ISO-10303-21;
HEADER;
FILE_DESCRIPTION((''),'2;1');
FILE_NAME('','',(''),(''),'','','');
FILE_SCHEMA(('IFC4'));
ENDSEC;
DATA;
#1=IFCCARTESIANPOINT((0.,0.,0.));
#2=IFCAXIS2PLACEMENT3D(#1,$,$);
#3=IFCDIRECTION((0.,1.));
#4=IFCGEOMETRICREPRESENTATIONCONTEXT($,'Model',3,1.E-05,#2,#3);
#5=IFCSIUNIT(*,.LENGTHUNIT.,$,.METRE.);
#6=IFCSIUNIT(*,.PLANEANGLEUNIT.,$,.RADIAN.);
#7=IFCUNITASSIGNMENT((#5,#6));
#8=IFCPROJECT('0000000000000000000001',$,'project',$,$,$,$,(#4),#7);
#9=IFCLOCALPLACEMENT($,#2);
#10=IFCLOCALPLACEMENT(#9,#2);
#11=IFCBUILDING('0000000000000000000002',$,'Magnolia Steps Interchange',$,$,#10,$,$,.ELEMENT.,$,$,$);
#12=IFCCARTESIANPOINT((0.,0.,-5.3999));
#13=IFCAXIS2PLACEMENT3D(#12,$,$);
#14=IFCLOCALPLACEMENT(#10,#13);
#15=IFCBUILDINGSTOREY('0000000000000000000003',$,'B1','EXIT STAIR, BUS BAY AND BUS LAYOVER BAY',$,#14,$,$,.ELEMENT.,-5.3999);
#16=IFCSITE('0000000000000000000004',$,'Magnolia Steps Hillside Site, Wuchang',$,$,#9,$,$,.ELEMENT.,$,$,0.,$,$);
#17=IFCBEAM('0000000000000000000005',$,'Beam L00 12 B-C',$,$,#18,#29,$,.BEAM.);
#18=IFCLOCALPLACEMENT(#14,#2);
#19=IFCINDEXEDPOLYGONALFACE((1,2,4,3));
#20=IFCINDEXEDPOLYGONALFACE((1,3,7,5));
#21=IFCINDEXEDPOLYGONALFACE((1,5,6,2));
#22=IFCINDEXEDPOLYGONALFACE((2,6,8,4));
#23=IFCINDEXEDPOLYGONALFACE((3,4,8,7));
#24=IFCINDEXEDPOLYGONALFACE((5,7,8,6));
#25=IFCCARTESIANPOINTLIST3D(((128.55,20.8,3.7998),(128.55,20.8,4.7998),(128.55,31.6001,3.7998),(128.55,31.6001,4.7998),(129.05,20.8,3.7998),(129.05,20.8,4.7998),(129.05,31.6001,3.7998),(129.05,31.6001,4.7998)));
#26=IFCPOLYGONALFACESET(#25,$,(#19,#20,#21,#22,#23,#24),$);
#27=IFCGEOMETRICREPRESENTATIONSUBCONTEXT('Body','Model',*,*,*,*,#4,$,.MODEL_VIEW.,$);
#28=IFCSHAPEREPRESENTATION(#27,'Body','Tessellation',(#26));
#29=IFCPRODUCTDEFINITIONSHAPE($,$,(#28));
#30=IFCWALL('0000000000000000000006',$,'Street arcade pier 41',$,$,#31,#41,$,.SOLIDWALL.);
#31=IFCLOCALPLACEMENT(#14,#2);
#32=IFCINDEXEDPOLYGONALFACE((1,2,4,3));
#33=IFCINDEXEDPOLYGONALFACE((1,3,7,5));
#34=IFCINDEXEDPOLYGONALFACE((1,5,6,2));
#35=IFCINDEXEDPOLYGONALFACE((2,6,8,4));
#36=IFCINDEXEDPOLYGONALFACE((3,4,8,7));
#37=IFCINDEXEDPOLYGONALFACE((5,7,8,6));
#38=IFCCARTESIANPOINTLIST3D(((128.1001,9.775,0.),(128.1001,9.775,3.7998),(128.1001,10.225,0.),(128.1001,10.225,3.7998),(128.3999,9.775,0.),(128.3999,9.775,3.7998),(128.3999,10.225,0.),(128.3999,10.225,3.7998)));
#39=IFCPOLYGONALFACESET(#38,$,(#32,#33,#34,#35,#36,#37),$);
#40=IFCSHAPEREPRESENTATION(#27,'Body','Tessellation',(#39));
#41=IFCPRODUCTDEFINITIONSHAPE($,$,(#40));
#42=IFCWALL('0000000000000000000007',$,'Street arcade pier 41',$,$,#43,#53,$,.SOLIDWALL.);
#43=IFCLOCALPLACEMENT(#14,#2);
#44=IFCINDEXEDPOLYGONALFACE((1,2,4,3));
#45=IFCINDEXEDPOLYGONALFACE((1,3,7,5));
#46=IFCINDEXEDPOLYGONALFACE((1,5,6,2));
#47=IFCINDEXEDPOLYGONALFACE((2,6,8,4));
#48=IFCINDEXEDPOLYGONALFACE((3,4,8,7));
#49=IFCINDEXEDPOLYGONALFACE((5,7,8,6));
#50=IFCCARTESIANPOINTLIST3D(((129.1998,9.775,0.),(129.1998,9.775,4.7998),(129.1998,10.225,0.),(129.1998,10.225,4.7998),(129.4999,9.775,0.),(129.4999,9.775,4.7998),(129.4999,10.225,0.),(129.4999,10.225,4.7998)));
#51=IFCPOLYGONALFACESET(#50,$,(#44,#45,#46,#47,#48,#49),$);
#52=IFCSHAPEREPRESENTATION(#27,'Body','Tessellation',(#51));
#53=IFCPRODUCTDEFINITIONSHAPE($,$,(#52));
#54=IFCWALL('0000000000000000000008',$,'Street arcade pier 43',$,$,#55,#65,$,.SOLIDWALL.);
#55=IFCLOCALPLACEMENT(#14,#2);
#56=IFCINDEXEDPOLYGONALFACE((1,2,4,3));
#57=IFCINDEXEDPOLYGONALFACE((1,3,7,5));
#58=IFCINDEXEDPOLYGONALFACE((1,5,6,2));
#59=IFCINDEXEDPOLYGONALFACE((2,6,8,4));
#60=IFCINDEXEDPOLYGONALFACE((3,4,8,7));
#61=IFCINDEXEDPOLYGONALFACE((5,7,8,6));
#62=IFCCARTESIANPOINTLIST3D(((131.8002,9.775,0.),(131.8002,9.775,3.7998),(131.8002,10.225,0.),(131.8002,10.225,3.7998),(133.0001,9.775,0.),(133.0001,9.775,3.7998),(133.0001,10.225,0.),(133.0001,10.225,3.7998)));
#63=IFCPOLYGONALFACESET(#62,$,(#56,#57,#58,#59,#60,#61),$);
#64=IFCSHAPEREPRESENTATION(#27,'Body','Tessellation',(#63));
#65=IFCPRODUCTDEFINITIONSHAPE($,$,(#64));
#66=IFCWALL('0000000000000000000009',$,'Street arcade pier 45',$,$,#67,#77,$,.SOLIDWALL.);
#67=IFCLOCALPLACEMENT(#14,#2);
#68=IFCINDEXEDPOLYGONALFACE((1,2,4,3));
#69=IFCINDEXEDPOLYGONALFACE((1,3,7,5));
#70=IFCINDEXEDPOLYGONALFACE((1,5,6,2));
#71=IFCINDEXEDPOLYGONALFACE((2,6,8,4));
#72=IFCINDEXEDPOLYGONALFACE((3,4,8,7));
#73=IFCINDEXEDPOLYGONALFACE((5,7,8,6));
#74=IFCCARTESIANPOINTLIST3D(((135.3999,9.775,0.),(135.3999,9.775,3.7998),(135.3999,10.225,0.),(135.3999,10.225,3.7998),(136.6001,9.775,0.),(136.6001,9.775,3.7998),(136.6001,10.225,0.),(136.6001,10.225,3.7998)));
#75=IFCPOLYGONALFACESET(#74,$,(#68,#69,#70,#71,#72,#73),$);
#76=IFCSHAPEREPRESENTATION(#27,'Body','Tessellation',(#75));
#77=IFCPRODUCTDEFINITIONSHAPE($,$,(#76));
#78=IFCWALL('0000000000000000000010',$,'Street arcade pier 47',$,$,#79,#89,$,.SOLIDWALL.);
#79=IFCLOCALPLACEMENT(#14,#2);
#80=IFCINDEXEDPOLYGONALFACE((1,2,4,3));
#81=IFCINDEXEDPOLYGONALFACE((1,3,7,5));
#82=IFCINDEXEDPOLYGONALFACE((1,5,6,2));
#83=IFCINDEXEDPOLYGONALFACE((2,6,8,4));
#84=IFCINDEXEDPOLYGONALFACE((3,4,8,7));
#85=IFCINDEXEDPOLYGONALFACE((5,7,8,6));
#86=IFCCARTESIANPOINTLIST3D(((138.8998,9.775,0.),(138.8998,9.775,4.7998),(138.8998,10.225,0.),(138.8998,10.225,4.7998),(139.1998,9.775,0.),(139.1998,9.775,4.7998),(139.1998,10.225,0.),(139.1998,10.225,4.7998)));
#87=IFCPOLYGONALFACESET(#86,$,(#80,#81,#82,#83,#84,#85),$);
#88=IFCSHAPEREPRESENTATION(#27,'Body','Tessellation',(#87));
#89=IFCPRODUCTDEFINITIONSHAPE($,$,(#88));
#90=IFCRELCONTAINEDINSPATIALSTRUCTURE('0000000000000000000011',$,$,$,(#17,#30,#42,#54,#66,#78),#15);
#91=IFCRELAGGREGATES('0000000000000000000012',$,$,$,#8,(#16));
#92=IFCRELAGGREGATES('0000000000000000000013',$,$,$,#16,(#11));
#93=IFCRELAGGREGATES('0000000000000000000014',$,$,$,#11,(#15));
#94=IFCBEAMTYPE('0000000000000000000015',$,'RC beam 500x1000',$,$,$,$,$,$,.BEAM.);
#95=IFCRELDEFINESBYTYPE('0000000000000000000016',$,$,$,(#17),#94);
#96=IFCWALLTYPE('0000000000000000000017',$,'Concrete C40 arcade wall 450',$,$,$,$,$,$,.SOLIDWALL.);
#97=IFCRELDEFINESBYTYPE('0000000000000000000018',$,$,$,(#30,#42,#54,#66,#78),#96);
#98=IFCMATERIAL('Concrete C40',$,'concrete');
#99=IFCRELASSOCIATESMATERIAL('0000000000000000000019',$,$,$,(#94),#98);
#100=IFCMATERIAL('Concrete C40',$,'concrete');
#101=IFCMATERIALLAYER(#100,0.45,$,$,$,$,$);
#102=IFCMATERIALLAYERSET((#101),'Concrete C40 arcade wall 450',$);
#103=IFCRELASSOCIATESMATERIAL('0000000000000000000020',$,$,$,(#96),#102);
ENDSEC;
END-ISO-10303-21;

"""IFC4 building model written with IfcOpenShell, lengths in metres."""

from ifc_helpers import new_model, si_unit, direction, frame, frame_2d, origin, origin_2d, place, context, subcontext, project, spatial, rectangle, extrude, material, layer, layer_set, material_profile, profile_set, type_object, element, save


model = new_model("IFC4")

# Units and contexts
model_context = context("Model", 3, precision=1e-05, world=origin(), true_north=direction((0.0, 1.0)))
body_context = subcontext(model_context, "Body", "Model", "MODEL_VIEW")
ifc_project = project(units=[si_unit("LENGTHUNIT", "METRE"), si_unit("PLANEANGLEUNIT", "RADIAN")], contexts=[model_context])

# Site, building, storey
site_placement = place(None, origin())
site = spatial("IfcSite", under=ifc_project, at=site_placement, Name="Magnolia Steps Hillside Site, Wuchang", CompositionType="ELEMENT", RefElevation=0.0)
building_placement = place(site_placement, origin())
building = spatial("IfcBuilding", under=site, at=building_placement, Name="Magnolia Steps Interchange", CompositionType="ELEMENT")
storey_placement = place(building_placement, frame((0.0, 0.0, -5.3999)))
storey = spatial("IfcBuildingStorey", under=building, at=storey_placement, Name="B1", Description="EXIT STAIR, BUS BAY AND BUS LAYOVER BAY", CompositionType="ELEMENT", Elevation=-5.3999)

# Beam
ifc_material_1 = material(Name="Concrete C40", Category="concrete")
ifc_material_profile_1 = material_profile(ifc_material_1, rectangle(XDim=0.5, YDim=1.0, at=origin_2d()), Name="RC500x1000")
ifc_profile_set_1 = profile_set([ifc_material_profile_1], Name="Concrete C40")
beam_type = type_object("IfcBeamType", Name="RC beam 500x1000", PredefinedType="BEAM", material=ifc_profile_set_1)
for number, where, z_axis, x_axis, name in (
    (1, (128.8, 20.8, 4.2998), (0.0, 1.0, 0.0), (-1.0, 0.0, 0.0), "Beam L00 12 B-C"),
):
    element("IfcBeam", number, at=place(storey_placement, frame(where, z_axis=z_axis, x_axis=x_axis)), inside=storey, type_object=beam_type, Name=name, PredefinedType="BEAM", context=body_context, shape_type="SweptSolid", body=[
        extrude(rectangle(XDim=0.5, YDim=1.0, at=origin_2d()), origin(), (0.0, 0.0, 1.0), 10.8),
    ])

# Walls
ifc_material_2 = material(Name="Concrete C40", Category="concrete")
ifc_layer = layer(ifc_material_2, 0.45)
ifc_layer_set = layer_set([ifc_layer], Name="Concrete C40 arcade wall 450")
wall_type = type_object("IfcWallType", Name="Concrete C40 arcade wall 450", PredefinedType="SOLIDWALL", material=ifc_layer_set)
wall_1_placement = place(storey_placement, frame((128.1001, 10.0, 0.0), z_axis=(0.0, 0.0, 1.0), x_axis=(1.0, 0.0, 0.0)))
element("IfcWall", 2, at=wall_1_placement, inside=storey, type_object=wall_type, Name="Street arcade pier 41", PredefinedType="SOLIDWALL", context=body_context, shape_type="SweptSolid", body=[
    extrude(rectangle(XDim=0.2998, YDim=0.45, at=frame_2d((0.1499, 0.0))), origin(), (0.0, 0.0, 1.0), 3.7998),
])
wall_2_placement = place(storey_placement, frame((129.2, 10.0, 0.0), z_axis=(0.0, 0.0, 1.0), x_axis=(1.0, 0.0, 0.0)))
element("IfcWall", 3, at=wall_2_placement, inside=storey, type_object=wall_type, Name="Street arcade pier 41", PredefinedType="SOLIDWALL", context=body_context, shape_type="SweptSolid", body=[
    extrude(rectangle(XDim=0.3, YDim=0.45, at=frame_2d((0.1499, 0.0))), origin(), (0.0, 0.0, 1.0), 4.7998),
])
wall_3_placement = place(storey_placement, frame((131.8, 10.0, 0.0), z_axis=(0.0, 0.0, 1.0), x_axis=(1.0, 0.0, 0.0)))
element("IfcWall", 4, at=wall_3_placement, inside=storey, type_object=wall_type, Name="Street arcade pier 43", PredefinedType="SOLIDWALL", context=body_context, shape_type="SweptSolid", body=[
    extrude(rectangle(XDim=1.2, YDim=0.45, at=frame_2d((0.6001, 0.0))), origin(), (0.0, 0.0, 1.0), 3.7998),
])
wall_4_placement = place(storey_placement, frame((135.3999, 10.0, 0.0), z_axis=(0.0, 0.0, 1.0), x_axis=(1.0, 0.0, 0.0)))
element("IfcWall", 5, at=wall_4_placement, inside=storey, type_object=wall_type, Name="Street arcade pier 45", PredefinedType="SOLIDWALL", context=body_context, shape_type="SweptSolid", body=[
    extrude(rectangle(XDim=1.2002, YDim=0.45, at=frame_2d((0.6001, 0.0))), origin(), (0.0, 0.0, 1.0), 3.7998),
])
wall_5_placement = place(storey_placement, frame((138.8999, 10.0, 0.0), z_axis=(0.0, 0.0, 1.0), x_axis=(1.0, 0.0, 0.0)))
element("IfcWall", 6, at=wall_5_placement, inside=storey, type_object=wall_type, Name="Street arcade pier 47", PredefinedType="SOLIDWALL", context=body_context, shape_type="SweptSolid", body=[
    extrude(rectangle(XDim=0.3, YDim=0.45, at=frame_2d((0.1499, 0.0))), origin(), (0.0, 0.0, 1.0), 4.7998),
])

save(model, "model.ifc")
